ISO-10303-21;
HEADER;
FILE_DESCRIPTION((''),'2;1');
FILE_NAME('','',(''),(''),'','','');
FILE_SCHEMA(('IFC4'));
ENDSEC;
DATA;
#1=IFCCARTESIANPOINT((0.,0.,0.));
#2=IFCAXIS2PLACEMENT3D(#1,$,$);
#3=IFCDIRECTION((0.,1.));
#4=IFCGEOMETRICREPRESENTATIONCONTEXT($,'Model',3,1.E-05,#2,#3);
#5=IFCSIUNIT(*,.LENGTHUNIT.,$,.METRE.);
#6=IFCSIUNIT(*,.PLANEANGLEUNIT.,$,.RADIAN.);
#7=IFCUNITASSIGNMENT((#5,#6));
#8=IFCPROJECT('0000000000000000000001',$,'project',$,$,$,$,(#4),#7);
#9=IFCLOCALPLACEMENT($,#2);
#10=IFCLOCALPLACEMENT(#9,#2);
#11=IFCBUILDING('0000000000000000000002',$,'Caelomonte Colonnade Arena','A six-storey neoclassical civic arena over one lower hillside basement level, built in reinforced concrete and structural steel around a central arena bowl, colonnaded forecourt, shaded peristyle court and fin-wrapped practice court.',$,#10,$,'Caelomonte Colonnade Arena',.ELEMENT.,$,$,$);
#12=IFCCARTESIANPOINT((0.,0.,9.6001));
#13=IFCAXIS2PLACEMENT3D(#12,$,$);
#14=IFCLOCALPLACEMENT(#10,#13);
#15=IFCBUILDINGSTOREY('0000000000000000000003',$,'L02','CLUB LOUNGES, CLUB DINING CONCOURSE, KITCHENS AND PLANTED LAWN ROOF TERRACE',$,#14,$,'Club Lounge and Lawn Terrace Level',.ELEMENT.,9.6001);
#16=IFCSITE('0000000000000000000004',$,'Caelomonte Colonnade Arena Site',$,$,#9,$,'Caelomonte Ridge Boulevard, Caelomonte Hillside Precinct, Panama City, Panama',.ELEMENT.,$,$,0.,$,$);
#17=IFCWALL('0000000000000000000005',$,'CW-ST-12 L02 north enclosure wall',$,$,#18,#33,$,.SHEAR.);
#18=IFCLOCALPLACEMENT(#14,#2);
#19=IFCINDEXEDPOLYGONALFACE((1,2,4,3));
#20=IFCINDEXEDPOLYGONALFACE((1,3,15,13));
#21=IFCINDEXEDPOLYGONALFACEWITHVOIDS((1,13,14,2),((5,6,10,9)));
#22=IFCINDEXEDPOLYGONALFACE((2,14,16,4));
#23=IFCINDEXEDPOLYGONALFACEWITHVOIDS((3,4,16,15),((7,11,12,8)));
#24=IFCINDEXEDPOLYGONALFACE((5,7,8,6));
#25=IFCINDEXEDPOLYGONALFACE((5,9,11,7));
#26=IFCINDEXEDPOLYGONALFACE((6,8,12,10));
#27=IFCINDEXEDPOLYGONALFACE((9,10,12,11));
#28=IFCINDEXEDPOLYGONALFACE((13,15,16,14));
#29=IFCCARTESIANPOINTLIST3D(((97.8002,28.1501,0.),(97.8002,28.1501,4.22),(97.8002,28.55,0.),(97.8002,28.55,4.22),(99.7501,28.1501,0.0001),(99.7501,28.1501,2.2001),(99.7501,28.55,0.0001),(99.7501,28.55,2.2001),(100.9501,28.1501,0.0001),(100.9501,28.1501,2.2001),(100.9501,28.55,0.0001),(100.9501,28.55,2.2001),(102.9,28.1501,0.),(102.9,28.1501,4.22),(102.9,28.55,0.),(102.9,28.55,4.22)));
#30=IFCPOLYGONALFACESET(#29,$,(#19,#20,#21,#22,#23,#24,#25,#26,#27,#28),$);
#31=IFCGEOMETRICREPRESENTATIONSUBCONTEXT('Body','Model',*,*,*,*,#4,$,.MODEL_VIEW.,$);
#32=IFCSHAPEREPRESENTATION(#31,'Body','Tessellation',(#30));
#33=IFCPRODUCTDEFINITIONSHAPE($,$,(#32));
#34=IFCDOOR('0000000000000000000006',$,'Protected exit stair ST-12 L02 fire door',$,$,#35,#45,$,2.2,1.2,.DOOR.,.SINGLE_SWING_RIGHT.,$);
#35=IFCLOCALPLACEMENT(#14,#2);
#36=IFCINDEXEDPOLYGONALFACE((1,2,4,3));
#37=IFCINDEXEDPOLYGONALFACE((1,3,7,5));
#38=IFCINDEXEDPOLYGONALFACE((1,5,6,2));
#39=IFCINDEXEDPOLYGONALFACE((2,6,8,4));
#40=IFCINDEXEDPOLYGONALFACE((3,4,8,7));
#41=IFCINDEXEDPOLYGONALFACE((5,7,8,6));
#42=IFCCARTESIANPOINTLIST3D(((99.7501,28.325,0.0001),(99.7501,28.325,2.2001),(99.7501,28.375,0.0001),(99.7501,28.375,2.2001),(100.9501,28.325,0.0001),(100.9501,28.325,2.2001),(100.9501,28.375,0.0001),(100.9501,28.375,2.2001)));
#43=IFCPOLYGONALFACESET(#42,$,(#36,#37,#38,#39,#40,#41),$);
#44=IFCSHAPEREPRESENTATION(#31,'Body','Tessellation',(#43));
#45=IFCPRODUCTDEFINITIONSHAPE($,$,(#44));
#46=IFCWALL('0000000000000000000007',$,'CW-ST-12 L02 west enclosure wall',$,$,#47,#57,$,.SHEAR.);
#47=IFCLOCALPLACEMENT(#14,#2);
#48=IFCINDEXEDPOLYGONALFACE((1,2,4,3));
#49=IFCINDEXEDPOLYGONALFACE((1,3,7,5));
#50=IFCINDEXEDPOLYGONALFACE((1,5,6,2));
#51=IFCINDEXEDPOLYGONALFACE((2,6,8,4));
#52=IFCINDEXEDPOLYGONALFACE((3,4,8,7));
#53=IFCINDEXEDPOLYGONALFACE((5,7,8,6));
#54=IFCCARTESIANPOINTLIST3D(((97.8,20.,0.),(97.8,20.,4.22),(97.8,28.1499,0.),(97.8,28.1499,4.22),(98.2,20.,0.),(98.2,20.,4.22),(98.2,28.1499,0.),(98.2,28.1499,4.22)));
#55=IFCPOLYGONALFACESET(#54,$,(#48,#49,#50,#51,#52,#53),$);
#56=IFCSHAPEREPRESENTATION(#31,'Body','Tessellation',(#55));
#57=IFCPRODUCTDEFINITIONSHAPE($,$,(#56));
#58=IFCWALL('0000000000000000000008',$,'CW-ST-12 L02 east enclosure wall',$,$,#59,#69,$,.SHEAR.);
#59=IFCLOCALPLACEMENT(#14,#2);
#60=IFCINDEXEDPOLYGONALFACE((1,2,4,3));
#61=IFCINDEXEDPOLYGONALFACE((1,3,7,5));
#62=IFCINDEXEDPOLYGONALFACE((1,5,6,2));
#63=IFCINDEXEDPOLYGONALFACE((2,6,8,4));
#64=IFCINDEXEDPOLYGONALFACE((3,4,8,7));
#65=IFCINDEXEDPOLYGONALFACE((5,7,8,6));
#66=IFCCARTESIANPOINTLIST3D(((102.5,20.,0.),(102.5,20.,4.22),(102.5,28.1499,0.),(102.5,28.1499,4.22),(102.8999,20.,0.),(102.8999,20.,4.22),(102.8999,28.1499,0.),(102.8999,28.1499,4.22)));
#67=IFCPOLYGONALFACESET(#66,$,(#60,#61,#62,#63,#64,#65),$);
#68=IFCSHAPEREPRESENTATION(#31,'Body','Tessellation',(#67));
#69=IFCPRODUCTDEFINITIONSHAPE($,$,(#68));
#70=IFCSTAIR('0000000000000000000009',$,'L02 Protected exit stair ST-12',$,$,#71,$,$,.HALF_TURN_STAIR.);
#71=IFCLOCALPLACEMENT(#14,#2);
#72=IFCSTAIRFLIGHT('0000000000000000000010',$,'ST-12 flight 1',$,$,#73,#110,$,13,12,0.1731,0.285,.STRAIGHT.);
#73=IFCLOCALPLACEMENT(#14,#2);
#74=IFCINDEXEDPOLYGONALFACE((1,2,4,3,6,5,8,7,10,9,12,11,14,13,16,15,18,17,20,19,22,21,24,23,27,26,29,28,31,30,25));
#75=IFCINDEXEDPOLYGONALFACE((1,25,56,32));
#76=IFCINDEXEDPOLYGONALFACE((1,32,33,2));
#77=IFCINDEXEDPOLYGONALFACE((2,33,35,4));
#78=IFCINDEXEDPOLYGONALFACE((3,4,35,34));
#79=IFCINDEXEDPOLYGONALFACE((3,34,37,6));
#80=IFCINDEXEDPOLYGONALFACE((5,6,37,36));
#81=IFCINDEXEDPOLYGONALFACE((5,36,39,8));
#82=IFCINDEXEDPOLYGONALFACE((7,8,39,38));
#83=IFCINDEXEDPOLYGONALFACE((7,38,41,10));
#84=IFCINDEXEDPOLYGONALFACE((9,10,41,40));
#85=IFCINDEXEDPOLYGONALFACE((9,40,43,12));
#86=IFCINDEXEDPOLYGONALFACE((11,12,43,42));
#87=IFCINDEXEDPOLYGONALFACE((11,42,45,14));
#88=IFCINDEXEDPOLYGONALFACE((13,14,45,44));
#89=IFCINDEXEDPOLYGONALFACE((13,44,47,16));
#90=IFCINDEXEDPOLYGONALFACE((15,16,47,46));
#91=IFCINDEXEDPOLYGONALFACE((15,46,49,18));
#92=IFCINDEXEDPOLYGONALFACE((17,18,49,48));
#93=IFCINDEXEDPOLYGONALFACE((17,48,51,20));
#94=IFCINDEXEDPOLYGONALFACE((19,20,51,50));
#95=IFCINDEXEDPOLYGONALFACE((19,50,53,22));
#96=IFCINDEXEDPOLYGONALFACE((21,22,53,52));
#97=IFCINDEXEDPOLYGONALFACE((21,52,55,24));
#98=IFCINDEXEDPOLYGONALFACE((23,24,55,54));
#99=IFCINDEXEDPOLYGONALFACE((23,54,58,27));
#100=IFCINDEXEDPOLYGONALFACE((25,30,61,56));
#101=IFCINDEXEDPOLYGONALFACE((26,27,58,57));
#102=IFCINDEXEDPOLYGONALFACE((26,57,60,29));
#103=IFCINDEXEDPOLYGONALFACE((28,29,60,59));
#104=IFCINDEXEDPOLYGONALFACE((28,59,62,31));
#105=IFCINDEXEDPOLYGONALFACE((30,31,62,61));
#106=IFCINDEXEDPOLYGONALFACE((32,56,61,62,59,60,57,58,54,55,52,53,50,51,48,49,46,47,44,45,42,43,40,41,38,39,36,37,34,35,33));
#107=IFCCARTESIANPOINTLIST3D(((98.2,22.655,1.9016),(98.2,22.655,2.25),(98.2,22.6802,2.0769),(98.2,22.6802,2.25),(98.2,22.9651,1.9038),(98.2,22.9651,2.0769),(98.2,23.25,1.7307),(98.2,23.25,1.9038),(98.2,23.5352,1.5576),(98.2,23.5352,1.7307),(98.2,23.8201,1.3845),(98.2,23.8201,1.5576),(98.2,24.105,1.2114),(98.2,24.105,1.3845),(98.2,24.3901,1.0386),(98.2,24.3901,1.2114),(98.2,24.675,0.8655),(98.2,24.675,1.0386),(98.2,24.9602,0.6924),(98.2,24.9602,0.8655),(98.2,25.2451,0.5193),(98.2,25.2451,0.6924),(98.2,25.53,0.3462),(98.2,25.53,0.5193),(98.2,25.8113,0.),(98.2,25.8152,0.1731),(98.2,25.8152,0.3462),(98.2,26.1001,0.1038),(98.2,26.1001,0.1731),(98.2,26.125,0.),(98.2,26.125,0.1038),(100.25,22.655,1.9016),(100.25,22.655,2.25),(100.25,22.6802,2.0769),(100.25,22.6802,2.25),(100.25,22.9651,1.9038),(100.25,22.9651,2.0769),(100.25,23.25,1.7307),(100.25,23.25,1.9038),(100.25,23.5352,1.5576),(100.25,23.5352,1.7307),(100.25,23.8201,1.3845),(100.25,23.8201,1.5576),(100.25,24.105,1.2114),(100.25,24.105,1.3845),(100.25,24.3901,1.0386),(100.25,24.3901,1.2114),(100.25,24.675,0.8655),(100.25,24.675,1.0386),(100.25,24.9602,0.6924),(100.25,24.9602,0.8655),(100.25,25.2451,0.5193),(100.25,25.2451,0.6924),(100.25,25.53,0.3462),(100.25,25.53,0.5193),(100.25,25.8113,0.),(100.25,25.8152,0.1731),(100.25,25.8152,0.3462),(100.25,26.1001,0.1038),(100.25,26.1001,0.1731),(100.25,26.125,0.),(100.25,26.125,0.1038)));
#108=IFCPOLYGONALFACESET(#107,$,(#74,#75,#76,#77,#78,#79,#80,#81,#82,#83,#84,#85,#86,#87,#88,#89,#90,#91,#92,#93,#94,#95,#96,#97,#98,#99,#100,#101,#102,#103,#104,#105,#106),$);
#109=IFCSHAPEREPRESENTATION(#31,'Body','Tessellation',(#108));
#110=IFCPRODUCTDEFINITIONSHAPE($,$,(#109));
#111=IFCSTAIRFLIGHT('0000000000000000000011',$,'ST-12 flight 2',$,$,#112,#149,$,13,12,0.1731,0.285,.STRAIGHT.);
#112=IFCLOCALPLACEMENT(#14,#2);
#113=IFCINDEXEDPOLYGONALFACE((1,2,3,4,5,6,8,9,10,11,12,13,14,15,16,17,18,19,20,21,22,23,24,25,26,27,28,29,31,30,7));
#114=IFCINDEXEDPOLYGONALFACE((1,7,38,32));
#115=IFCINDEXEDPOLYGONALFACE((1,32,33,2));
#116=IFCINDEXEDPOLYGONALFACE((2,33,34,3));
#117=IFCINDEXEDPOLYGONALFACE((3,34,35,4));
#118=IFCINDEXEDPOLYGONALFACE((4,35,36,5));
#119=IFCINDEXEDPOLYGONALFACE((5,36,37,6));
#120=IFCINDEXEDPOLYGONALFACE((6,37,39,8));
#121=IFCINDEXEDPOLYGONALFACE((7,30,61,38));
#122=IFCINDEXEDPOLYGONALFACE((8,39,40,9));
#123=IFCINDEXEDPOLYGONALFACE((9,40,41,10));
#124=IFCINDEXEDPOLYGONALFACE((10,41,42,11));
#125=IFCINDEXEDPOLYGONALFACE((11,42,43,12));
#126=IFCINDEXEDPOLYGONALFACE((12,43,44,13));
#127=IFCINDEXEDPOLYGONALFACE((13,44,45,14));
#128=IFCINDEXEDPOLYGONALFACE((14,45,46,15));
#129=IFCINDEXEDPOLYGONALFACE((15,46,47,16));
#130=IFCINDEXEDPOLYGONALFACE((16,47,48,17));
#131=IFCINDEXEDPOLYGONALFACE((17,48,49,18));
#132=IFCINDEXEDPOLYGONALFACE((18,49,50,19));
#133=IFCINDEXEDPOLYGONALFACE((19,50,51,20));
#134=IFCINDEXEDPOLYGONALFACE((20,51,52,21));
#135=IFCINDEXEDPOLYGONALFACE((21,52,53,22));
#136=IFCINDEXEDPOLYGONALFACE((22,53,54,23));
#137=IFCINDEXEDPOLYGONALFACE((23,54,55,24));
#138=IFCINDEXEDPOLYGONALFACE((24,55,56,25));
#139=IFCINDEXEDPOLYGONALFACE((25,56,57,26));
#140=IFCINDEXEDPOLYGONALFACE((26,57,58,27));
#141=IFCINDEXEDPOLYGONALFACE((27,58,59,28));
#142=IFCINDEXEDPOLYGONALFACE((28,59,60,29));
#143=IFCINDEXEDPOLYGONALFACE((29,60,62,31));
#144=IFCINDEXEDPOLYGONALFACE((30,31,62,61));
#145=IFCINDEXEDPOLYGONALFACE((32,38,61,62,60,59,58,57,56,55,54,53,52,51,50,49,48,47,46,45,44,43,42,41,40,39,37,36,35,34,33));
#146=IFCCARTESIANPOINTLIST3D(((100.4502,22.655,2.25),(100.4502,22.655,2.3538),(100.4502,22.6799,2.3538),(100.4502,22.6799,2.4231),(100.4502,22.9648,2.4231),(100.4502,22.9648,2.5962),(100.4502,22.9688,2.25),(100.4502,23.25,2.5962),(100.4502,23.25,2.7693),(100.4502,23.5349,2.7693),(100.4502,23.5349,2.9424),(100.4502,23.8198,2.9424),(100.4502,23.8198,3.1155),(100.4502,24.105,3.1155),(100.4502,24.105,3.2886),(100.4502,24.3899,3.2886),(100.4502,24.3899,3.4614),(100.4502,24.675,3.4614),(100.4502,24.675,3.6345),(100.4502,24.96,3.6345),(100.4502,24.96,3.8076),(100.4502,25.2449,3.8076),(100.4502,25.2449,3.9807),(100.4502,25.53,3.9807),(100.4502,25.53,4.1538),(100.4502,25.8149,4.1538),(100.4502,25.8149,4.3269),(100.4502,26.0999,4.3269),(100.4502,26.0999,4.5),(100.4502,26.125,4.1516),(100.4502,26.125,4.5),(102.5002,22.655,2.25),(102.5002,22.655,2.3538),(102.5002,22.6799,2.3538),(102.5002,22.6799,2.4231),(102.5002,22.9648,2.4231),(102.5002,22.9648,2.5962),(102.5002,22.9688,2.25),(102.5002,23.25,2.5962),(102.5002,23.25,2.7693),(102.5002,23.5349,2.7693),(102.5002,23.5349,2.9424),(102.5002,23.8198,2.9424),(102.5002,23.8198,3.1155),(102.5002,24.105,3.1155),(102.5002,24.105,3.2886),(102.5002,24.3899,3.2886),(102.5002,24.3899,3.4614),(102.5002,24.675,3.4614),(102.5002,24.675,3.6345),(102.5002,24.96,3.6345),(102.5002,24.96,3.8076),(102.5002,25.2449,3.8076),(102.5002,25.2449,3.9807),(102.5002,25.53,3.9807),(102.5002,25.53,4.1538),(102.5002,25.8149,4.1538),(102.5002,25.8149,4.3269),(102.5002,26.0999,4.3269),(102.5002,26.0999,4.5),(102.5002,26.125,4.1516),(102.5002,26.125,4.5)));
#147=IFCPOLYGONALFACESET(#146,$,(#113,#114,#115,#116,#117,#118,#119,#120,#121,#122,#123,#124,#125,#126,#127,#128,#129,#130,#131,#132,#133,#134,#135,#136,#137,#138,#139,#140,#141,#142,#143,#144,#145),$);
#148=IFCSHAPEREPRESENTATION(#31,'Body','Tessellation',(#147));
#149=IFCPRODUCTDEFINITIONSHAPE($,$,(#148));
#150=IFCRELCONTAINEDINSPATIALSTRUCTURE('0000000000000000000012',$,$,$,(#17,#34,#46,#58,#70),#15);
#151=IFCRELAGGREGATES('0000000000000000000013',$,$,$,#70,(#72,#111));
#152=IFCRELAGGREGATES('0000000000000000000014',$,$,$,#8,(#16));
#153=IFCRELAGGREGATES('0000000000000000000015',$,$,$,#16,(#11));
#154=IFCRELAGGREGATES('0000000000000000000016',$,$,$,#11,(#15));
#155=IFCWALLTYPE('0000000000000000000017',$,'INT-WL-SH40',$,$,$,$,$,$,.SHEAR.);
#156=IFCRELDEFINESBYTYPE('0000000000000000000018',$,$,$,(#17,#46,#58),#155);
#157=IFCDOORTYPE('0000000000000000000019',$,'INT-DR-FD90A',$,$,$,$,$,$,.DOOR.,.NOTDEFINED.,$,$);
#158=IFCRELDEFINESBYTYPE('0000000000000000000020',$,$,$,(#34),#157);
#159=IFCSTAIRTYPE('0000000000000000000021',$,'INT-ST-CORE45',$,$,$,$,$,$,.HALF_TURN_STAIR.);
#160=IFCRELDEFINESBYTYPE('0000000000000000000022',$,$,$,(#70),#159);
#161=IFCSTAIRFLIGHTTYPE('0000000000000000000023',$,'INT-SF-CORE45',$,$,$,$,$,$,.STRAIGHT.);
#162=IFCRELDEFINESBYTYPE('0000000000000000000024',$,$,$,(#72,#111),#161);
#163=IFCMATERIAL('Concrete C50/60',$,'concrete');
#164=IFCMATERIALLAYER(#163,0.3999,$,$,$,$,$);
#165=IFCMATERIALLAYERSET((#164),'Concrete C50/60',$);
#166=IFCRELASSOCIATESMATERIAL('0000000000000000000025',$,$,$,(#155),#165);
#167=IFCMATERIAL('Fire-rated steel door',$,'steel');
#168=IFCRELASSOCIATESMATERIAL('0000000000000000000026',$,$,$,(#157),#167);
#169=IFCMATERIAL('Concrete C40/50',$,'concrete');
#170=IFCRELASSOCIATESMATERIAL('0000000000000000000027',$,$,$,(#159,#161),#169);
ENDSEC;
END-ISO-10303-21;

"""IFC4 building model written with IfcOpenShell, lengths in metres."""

from ifc_helpers import new_model, si_unit, direction, frame, frame_2d, origin, place, context, subcontext, project, spatial, polyline, rectangle, outline, extrude, material, layer, layer_set, type_object, element, fill, aggregate, save


model = new_model("IFC4")

# Units and contexts
model_context = context("Model", 3, precision=1e-05, world=origin(), true_north=direction((0.0, 1.0)))
body_context = subcontext(model_context, "Body", "Model", "MODEL_VIEW")
ifc_project = project(units=[si_unit("LENGTHUNIT", "METRE"), si_unit("PLANEANGLEUNIT", "RADIAN")], contexts=[model_context])

# Site, building, storey
site_placement = place(None, origin())
site = spatial("IfcSite", under=ifc_project, at=site_placement, Name="Caelomonte Colonnade Arena Site", LongName="Caelomonte Ridge Boulevard, Caelomonte Hillside Precinct, Panama City, Panama", CompositionType="ELEMENT", RefElevation=0.0)
building_placement = place(site_placement, origin())
building = spatial("IfcBuilding", under=site, at=building_placement, Name="Caelomonte Colonnade Arena", Description="A six-storey neoclassical civic arena over one lower hillside basement level, built in reinforced concrete and structural steel around a central arena bowl, colonnaded forecourt, shaded peristyle court and fin-wrapped practice court.", LongName="Caelomonte Colonnade Arena", CompositionType="ELEMENT")
storey_placement = place(building_placement, frame((0.0, 0.0, 9.6001)))
storey = spatial("IfcBuildingStorey", under=building, at=storey_placement, Name="L02", Description="CLUB LOUNGES, CLUB DINING CONCOURSE, KITCHENS AND PLANTED LAWN ROOF TERRACE", LongName="Club Lounge and Lawn Terrace Level", CompositionType="ELEMENT", Elevation=9.6001)

# Shared definitions
ifc_material_1 = material(Name="Concrete C50/60", Category="concrete")

# Shared definitions
ifc_layer_1 = layer(ifc_material_1, 0.3999)
ifc_layer_set_1 = layer_set([ifc_layer_1], Name="Concrete C50/60")
wall_type = type_object("IfcWallType", Name="INT-WL-SH40", PredefinedType="SHEAR", material=ifc_layer_set_1)

# Wall, opening, door
wall_1_placement = place(storey_placement, frame((102.8999, 28.3501, 0.0), z_axis=(0.0, 0.0, 1.0), x_axis=(-1.0, 0.0, 0.0)))
wall_1 = element("IfcWall", 1, at=wall_1_placement, inside=storey, type_object=wall_type, Name="CW-ST-12 L02 north enclosure wall", PredefinedType="SHEAR", context=body_context, shape_type="SweptSolid", body=[
    extrude(rectangle(XDim=5.0999, YDim=0.3999, at=frame_2d((2.5498, 0.0))), origin(), (0.0, 0.0, 1.0), 4.22),
])
opening_placement = place(wall_1_placement, frame((3.1499, 0.0, 0.0), z_axis=(0.0, 0.0, 1.0), x_axis=(-1.0, 0.0, 0.0)))
opening = element("IfcOpeningElement", 2, at=opening_placement, cuts=wall_1, PredefinedType="OPENING", context=body_context, shape_type="SweptSolid", body=[
    extrude(rectangle(XDim=1.2, YDim=2.2, at=frame_2d((0.6001, 1.1001))), frame((0.0, 0.21, 0.0), z_axis=(0.0, -1.0, 0.0), x_axis=(1.0, 0.0, 0.0)), (0.0, 0.0, 1.0), 0.4199),
])
ifc_material_2 = material(Name="Fire-rated steel door", Category="steel")
door_type = type_object("IfcDoorType", Name="INT-DR-FD90A", OperationType="NOTDEFINED", PredefinedType="DOOR", material=ifc_material_2)
door_placement = place(opening_placement, origin())
door = element("IfcDoor", 3, at=door_placement, inside=storey, type_object=door_type, Name="Protected exit stair ST-12 L02 fire door", OperationType="SINGLE_SWING_RIGHT", OverallHeight=2.2, OverallWidth=1.2, PredefinedType="DOOR", context=body_context, shape_type="SweptSolid", body=[
    extrude(rectangle(XDim=1.2, YDim=2.2, at=frame_2d((0.6001, 1.1001))), frame((0.0, 0.0249, 0.0), z_axis=(0.0, -1.0, 0.0), x_axis=(1.0, 0.0, 0.0)), (0.0, 0.0, 1.0), 0.05),
])
fill(opening, door)

# Walls
for number, where, z_axis, x_axis, name in (
    (4, (98.0, 28.1499, 0.0), (0.0, 0.0, 1.0), (0.0, -1.0, 0.0), "CW-ST-12 L02 west enclosure wall"),
    (5, (102.7, 20.0, 0.0), (0.0, 0.0, 1.0), (0.0, 1.0, 0.0), "CW-ST-12 L02 east enclosure wall"),
):
    element("IfcWall", number, at=place(storey_placement, frame(where, z_axis=z_axis, x_axis=x_axis)), inside=storey, type_object=wall_type, Name=name, PredefinedType="SHEAR", context=body_context, shape_type="SweptSolid", body=[
        extrude(rectangle(XDim=8.1499, YDim=0.3999, at=frame_2d((4.075, 0.0))), origin(), (0.0, 0.0, 1.0), 4.22),
    ])

# Stair, stair flights
ifc_material_3 = material(Name="Concrete C40/50", Category="concrete")
stair_type = type_object("IfcStairType", Name="INT-ST-CORE45", PredefinedType="HALF_TURN_STAIR", material=ifc_material_3)
stair_placement = place(storey_placement, origin())
stair = element("IfcStair", 6, at=stair_placement, inside=storey, type_object=stair_type, Name="L02 Protected exit stair ST-12", PredefinedType="HALF_TURN_STAIR")
stair_flight_type = type_object("IfcStairFlightType", Name="INT-SF-CORE45", PredefinedType="STRAIGHT", material=ifc_material_3)
stair_flight_1_placement = place(storey_placement, frame((99.2251, 26.1001, 0.0), z_axis=(0.0, 0.0, 1.0), x_axis=(0.0, -1.0, 0.0)))
stair_flight_1 = element("IfcStairFlight", 7, at=stair_flight_1_placement, type_object=stair_flight_type, Name="ST-12 flight 1", NumberOfRisers=13, NumberOfTreads=12, PredefinedType="STRAIGHT", RiserHeight=0.1731, TreadLength=0.285, context=body_context, shape_type="SweptSolid", body=[
    extrude(outline(polyline([(-0.0249, 0.0), (-0.0249, 0.1038), (0.0, 0.1038), (0.0, 0.1731), (0.2849, 0.1731), (0.2849, 0.3462), (0.5701, 0.3462), (0.5701, 0.5193), (0.855, 0.5193), (0.855, 0.6924), (1.1399, 0.6924), (1.1399, 0.8655), (1.425, 0.8655), (1.425, 1.0386), (1.71, 1.0386), (1.71, 1.2114), (1.9951, 1.2114), (1.9951, 1.3845), (2.28, 1.3845), (2.28, 1.5576), (2.5649, 1.5576), (2.5649, 1.7307), (2.8501, 1.7307), (2.8501, 1.9038), (3.135, 1.9038), (3.135, 2.0769), (3.4199, 2.0769), (3.4199, 2.25), (3.4451, 2.25), (3.4451, 1.9016), (0.2888, 0.0), (-0.0249, 0.0)])), frame((0.0, 1.0249, 0.0), z_axis=(0.0, -1.0, 0.0), x_axis=(1.0, 0.0, 0.0)), (0.0, 0.0, 1.0), 2.05),
])
stair_flight_2_placement = place(storey_placement, frame((101.4751, 22.6799, 2.25), z_axis=(0.0, 0.0, 1.0), x_axis=(0.0, 1.0, 0.0)))
stair_flight_2 = element("IfcStairFlight", 8, at=stair_flight_2_placement, type_object=stair_flight_type, Name="ST-12 flight 2", NumberOfRisers=13, NumberOfTreads=12, PredefinedType="STRAIGHT", RiserHeight=0.1731, TreadLength=0.285, context=body_context, shape_type="SweptSolid", body=[
    extrude(outline(polyline([(-0.0249, 0.0), (-0.0249, 0.1038), (0.0, 0.1038), (0.0, 0.1731), (0.2849, 0.1731), (0.2849, 0.3462), (0.5701, 0.3462), (0.5701, 0.5193), (0.855, 0.5193), (0.855, 0.6924), (1.1399, 0.6924), (1.1399, 0.8655), (1.425, 0.8655), (1.425, 1.0386), (1.71, 1.0386), (1.71, 1.2114), (1.9951, 1.2114), (1.9951, 1.3845), (2.28, 1.3845), (2.28, 1.5576), (2.5649, 1.5576), (2.5649, 1.7307), (2.8501, 1.7307), (2.8501, 1.9038), (3.135, 1.9038), (3.135, 2.0769), (3.4199, 2.0769), (3.4199, 2.25), (3.4451, 2.25), (3.4451, 1.9016), (0.2888, 0.0), (-0.0249, 0.0)])), frame((0.0, 1.0249, 0.0), z_axis=(0.0, -1.0, 0.0), x_axis=(1.0, 0.0, 0.0)), (0.0, 0.0, 1.0), 2.05),
])
aggregate(stair, [stair_flight_1, stair_flight_2])

save(model, "model.ifc")
